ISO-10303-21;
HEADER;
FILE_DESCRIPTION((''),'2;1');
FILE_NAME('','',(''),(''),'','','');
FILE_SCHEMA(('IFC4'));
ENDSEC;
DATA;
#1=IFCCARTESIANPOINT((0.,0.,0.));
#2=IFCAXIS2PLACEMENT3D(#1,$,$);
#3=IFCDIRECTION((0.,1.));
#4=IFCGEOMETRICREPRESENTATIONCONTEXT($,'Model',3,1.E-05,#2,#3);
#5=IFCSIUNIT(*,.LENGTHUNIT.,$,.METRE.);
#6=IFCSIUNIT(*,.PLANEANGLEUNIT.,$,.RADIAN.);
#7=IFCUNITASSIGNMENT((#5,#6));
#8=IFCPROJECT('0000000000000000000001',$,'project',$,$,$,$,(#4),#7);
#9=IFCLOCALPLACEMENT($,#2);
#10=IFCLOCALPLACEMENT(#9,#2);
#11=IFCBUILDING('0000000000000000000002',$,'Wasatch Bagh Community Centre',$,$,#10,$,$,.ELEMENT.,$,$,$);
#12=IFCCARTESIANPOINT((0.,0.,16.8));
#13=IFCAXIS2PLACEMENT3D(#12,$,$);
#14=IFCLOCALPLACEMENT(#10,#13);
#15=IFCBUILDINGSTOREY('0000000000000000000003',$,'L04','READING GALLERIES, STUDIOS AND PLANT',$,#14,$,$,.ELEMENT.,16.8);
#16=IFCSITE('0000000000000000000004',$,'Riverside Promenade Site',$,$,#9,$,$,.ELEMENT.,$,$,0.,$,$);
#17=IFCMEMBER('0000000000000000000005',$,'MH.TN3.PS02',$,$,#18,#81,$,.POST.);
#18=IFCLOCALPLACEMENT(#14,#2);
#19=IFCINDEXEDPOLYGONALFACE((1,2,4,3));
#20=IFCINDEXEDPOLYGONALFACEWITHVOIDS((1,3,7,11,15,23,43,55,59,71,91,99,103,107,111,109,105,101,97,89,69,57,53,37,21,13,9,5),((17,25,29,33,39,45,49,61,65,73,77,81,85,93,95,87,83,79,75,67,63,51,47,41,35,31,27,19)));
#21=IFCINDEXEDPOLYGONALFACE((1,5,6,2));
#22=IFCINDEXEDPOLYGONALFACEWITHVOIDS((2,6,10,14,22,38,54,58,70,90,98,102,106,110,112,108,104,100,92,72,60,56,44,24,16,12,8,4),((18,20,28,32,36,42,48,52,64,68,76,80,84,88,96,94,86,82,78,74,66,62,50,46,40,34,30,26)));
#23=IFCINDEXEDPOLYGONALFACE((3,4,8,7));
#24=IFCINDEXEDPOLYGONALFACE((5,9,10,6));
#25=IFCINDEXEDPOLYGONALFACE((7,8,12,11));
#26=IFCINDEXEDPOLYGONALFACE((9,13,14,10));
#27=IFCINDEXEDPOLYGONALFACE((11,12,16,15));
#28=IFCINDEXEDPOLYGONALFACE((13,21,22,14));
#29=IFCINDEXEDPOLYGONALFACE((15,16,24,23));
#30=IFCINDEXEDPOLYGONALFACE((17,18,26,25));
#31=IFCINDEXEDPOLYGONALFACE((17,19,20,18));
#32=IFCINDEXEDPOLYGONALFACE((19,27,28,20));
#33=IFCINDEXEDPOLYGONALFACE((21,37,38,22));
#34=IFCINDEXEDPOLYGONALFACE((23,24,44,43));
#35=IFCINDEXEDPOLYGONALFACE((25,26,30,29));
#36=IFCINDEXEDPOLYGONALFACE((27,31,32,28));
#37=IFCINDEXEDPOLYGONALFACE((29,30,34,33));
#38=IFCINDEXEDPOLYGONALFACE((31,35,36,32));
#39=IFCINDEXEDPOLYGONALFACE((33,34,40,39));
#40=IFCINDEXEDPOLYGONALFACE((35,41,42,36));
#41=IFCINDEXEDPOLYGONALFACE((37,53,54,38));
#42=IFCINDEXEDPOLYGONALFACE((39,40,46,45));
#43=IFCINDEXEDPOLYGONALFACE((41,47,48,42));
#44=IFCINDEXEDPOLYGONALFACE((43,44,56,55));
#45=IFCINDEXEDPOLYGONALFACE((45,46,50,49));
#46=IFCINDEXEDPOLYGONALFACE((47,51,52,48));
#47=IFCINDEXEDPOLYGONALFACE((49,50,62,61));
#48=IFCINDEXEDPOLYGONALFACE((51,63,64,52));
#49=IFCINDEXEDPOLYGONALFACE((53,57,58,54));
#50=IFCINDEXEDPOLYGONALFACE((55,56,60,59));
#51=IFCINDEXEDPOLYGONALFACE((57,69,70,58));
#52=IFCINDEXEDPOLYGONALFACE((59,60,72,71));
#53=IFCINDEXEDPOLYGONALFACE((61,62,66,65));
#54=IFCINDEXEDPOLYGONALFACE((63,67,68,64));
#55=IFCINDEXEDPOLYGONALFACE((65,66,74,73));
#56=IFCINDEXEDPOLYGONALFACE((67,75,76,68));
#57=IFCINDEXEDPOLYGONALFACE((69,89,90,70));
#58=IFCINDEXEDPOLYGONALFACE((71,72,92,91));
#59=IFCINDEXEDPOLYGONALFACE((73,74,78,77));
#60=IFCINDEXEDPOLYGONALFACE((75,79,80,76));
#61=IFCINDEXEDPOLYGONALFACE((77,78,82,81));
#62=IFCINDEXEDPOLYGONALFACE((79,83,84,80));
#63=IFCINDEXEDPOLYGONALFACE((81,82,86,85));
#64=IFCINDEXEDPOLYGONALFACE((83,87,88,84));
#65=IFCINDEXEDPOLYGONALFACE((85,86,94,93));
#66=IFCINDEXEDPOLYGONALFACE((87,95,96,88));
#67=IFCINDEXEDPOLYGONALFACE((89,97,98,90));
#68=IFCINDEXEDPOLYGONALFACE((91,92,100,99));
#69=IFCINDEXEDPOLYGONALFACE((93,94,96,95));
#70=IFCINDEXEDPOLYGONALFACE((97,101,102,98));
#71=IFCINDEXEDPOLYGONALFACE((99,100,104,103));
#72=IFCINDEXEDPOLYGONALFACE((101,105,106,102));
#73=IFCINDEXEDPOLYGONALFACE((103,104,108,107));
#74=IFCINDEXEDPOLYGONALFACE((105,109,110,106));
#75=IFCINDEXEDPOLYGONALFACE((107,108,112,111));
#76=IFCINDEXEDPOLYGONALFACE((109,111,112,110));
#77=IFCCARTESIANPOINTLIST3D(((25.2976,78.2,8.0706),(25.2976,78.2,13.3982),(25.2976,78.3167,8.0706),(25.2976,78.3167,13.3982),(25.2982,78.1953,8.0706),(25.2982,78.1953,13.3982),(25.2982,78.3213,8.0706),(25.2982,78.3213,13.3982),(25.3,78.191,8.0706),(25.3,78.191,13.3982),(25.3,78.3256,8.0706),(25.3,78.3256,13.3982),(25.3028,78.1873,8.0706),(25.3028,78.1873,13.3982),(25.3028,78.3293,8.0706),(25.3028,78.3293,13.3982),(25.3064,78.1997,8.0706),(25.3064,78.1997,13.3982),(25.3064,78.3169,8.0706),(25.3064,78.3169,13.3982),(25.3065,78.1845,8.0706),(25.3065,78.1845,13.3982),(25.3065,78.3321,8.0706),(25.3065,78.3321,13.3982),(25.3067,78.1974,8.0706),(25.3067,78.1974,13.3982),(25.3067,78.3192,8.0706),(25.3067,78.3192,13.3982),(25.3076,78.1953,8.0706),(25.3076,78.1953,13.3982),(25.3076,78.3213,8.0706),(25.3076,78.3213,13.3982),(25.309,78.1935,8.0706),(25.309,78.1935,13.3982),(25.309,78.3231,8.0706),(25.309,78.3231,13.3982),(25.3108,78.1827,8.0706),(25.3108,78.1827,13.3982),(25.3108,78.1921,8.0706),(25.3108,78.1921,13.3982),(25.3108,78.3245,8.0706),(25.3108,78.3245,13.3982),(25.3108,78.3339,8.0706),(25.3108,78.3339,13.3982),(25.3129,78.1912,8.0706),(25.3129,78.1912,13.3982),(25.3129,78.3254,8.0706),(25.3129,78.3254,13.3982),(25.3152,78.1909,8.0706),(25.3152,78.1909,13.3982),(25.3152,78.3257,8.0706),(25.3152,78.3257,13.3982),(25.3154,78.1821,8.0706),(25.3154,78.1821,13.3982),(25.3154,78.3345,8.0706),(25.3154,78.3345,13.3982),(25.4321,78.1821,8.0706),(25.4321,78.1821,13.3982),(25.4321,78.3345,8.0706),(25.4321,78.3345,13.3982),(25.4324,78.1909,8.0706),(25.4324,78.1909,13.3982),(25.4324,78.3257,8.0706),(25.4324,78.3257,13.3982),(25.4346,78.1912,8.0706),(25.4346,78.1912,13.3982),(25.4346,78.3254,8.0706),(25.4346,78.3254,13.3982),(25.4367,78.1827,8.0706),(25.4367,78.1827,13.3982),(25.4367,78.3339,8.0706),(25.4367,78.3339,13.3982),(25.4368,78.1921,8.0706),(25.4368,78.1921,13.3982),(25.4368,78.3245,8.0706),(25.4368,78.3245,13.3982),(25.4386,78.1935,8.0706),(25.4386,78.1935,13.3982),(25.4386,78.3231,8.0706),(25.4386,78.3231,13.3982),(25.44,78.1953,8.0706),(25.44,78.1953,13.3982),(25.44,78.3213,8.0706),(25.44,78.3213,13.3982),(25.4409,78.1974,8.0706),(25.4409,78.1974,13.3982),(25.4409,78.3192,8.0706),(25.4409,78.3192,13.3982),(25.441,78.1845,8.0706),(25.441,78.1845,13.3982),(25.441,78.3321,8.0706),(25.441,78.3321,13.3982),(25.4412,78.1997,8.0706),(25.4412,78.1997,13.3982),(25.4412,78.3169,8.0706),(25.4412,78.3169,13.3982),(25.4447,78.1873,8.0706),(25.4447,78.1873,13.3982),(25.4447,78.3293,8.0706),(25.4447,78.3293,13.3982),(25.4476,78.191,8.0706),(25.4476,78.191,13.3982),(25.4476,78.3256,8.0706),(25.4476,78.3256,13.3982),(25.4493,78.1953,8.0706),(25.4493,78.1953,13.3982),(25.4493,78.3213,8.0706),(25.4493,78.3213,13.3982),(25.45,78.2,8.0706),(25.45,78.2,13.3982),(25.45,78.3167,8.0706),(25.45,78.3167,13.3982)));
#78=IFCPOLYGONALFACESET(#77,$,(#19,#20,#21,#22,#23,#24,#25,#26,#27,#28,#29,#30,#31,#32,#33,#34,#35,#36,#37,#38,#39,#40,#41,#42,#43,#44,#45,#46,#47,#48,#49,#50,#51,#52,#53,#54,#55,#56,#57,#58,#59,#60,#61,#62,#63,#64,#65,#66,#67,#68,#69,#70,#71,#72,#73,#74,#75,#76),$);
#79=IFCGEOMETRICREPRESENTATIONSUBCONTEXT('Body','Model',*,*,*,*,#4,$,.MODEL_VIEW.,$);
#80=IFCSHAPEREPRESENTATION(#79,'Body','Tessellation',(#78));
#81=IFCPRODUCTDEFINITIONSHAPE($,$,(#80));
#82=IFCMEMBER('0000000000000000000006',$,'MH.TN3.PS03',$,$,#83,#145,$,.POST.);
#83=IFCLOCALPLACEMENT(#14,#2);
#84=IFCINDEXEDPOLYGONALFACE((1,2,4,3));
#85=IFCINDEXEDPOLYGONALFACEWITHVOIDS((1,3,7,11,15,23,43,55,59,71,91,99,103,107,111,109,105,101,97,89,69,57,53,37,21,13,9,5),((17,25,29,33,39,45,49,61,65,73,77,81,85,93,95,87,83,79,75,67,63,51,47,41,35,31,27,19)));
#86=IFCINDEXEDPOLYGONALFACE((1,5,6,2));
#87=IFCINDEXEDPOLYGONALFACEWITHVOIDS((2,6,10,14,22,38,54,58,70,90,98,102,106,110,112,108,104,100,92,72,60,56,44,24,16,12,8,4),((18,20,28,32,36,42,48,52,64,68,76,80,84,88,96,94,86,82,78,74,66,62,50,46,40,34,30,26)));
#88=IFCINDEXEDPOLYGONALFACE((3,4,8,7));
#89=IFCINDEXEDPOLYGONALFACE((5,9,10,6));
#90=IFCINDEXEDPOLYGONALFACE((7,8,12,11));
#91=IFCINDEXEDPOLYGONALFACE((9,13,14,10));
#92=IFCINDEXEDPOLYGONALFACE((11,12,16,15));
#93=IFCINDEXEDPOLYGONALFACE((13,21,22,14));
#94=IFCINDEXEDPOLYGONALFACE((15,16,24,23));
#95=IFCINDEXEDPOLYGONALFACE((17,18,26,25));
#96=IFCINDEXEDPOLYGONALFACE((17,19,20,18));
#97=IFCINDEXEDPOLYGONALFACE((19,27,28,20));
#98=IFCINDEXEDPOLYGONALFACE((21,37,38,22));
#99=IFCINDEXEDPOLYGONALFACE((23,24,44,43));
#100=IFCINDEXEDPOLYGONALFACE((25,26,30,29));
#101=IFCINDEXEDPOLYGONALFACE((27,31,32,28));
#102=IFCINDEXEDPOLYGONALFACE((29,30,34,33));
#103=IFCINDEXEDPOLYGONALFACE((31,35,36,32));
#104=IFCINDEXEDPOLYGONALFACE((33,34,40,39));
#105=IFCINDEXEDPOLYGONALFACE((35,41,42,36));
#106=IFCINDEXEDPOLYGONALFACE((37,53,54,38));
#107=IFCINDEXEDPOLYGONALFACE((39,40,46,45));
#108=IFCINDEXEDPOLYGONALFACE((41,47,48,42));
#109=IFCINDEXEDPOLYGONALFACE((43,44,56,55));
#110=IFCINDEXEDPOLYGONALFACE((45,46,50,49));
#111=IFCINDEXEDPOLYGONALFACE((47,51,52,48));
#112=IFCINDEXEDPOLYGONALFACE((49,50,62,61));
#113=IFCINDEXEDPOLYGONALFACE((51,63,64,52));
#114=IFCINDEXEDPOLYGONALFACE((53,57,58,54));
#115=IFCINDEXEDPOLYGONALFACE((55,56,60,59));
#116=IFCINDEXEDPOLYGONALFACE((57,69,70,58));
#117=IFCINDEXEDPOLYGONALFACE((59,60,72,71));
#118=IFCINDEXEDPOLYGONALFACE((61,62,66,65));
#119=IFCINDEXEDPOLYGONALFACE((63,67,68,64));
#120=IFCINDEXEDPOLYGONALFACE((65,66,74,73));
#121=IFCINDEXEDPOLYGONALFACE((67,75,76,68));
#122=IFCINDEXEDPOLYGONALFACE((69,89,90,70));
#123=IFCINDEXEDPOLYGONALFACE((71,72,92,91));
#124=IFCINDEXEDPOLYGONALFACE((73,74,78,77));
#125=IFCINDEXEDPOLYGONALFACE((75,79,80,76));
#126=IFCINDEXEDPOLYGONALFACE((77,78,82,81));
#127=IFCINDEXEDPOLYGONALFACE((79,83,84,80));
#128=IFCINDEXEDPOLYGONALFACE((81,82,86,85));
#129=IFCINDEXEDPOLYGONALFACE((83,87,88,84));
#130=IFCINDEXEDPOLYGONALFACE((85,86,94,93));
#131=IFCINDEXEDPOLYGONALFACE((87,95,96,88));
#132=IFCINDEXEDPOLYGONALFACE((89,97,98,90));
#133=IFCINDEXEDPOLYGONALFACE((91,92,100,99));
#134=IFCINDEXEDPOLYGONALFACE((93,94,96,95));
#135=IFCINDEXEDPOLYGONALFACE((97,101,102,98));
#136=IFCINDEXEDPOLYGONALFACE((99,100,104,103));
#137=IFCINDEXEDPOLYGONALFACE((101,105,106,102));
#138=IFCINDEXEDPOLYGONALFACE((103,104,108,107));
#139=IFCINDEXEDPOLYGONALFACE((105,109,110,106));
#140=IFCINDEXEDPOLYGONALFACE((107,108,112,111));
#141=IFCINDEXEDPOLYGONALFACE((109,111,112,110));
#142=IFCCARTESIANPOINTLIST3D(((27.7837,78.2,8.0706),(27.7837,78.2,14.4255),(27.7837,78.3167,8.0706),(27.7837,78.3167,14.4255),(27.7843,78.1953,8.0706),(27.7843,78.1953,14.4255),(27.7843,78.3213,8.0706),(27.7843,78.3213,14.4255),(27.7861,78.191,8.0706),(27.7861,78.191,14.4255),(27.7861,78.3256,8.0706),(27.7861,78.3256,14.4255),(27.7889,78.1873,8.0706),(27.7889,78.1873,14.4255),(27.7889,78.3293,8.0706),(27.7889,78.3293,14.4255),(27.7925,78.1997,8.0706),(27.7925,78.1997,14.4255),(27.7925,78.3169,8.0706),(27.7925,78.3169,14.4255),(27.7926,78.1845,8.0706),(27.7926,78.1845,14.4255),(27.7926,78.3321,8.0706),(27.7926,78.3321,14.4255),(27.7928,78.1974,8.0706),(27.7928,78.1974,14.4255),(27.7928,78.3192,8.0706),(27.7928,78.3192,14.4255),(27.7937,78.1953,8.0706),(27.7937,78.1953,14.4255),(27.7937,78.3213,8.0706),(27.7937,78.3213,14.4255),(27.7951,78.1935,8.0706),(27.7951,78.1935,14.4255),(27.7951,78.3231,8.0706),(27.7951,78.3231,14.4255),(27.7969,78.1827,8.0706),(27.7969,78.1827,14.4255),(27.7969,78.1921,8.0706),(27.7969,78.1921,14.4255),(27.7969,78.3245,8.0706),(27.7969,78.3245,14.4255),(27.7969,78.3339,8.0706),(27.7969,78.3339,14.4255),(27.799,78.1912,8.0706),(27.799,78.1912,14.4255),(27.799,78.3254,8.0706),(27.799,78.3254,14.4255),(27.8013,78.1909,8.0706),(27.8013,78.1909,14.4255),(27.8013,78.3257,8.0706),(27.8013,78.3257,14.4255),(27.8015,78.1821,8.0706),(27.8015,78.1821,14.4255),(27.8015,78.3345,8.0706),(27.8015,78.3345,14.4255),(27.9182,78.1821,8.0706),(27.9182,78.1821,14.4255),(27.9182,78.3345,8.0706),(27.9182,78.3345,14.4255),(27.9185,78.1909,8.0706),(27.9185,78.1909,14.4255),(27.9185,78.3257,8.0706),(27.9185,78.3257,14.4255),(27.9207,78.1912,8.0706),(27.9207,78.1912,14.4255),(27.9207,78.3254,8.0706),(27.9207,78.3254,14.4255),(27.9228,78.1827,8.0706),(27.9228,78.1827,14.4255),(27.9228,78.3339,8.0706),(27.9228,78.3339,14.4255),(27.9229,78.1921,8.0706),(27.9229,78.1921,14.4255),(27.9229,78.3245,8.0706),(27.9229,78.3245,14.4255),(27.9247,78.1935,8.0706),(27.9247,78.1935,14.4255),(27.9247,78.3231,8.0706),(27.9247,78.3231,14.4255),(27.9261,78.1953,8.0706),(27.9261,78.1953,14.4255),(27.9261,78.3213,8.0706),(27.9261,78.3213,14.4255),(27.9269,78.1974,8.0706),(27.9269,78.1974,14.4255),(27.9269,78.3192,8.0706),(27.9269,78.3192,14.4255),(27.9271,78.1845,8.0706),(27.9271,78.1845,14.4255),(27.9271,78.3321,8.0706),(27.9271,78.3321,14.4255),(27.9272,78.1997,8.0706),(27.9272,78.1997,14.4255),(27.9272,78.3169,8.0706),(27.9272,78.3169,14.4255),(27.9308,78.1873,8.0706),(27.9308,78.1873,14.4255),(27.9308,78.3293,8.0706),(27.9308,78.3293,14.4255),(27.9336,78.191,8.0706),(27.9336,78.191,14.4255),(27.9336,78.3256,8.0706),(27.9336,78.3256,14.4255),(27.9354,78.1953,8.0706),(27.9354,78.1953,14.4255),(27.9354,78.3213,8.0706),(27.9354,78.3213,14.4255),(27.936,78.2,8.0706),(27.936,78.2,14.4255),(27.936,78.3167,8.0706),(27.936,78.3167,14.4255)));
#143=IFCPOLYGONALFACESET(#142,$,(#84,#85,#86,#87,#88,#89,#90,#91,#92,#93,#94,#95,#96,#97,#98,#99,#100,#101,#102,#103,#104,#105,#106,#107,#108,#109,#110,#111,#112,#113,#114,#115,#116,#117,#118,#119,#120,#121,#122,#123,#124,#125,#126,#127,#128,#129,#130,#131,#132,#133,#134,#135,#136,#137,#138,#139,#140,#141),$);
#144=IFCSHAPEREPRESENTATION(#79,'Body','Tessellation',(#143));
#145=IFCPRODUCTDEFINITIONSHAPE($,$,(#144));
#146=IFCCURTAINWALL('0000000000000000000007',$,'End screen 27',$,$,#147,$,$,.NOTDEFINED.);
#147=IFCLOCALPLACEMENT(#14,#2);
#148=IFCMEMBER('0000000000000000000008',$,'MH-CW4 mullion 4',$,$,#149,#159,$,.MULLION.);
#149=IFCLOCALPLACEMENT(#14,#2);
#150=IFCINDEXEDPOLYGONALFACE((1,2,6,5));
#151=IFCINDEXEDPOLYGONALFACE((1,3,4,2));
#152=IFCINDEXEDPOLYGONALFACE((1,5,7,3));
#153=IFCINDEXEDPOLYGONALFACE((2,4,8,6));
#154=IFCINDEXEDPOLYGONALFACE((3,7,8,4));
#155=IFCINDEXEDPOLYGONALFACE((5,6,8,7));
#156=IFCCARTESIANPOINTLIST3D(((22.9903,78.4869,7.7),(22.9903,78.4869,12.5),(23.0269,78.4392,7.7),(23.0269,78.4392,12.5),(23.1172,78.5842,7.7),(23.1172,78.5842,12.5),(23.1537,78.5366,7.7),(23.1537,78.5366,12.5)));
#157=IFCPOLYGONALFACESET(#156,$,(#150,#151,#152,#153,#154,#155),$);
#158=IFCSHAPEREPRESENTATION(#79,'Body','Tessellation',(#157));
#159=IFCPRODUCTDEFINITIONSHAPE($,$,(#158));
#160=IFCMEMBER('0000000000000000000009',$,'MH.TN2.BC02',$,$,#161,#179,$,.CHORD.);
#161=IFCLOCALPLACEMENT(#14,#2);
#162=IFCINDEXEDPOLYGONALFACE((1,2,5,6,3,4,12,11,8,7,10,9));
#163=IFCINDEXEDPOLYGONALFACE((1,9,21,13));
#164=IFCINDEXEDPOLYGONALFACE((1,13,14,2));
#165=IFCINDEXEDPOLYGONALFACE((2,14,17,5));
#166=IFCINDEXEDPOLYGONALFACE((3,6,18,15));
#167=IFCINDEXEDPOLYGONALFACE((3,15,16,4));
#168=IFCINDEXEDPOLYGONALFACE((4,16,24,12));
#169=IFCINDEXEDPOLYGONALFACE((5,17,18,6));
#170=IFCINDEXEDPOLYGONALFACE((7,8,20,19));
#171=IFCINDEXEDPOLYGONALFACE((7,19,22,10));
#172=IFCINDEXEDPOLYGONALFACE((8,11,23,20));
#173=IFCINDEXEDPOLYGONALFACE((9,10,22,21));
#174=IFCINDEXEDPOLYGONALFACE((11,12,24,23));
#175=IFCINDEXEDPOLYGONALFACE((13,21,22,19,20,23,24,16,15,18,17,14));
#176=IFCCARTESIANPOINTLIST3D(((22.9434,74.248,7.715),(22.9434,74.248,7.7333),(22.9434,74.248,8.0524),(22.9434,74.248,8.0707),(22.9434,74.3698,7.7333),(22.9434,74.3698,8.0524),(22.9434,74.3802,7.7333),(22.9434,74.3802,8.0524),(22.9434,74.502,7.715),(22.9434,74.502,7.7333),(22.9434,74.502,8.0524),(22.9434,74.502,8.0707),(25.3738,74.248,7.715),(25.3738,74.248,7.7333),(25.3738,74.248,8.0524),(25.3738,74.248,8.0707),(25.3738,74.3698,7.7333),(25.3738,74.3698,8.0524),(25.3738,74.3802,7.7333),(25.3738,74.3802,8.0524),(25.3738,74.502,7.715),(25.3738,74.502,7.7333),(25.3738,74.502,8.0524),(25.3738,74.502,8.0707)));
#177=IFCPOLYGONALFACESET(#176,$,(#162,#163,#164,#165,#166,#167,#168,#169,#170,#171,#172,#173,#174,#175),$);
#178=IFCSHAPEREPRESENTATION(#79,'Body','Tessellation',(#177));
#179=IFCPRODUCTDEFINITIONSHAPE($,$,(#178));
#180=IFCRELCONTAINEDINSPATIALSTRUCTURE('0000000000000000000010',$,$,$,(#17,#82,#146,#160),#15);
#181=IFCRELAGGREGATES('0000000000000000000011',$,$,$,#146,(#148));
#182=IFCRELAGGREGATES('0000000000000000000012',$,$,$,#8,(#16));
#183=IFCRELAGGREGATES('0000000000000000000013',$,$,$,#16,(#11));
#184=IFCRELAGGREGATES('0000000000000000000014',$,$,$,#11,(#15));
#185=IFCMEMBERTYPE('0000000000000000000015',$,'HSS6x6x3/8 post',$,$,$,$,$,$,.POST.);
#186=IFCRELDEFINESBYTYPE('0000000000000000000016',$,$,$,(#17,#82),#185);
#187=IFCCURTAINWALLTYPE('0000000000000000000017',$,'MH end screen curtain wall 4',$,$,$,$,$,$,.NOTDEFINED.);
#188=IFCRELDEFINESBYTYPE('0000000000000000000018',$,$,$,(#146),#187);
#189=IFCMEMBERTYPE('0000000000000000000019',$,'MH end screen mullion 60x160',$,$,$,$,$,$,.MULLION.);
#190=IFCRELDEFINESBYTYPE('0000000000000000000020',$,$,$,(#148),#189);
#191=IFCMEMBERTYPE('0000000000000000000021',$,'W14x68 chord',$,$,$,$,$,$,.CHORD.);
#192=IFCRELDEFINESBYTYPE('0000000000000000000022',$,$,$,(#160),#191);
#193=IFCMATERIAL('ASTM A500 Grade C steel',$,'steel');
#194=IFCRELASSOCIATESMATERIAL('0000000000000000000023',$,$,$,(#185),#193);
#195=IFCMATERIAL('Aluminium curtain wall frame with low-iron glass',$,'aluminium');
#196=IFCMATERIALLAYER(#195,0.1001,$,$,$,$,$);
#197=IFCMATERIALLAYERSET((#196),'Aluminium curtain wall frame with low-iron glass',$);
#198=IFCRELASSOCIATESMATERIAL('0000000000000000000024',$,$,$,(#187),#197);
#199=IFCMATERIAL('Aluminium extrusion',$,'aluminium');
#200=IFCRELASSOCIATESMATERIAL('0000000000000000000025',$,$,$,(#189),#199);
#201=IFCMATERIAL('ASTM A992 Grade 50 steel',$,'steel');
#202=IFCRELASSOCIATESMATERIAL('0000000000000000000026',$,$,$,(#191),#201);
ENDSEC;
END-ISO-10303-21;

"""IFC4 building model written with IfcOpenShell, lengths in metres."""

from ifc_helpers import new_model, si_unit, direction, frame, origin, origin_2d, place, context, subcontext, project, spatial, rectangle, hollow_rectangle, i_section, extrude, material, layer, layer_set, material_profile, profile_set, type_object, element, aggregate, save


model = new_model("IFC4")

# Units and contexts
model_context = context("Model", 3, precision=1e-05, world=origin(), true_north=direction((0.0, 1.0)))
body_context = subcontext(model_context, "Body", "Model", "MODEL_VIEW")
ifc_project = project(units=[si_unit("LENGTHUNIT", "METRE"), si_unit("PLANEANGLEUNIT", "RADIAN")], contexts=[model_context])

# Site, building, storey
site_placement = place(None, origin())
site = spatial("IfcSite", under=ifc_project, at=site_placement, Name="Riverside Promenade Site", CompositionType="ELEMENT", RefElevation=0.0)
building_placement = place(site_placement, origin())
building = spatial("IfcBuilding", under=site, at=building_placement, Name="Wasatch Bagh Community Centre", CompositionType="ELEMENT")
storey_placement = place(building_placement, frame((0.0, 0.0, 16.8)))
storey = spatial("IfcBuildingStorey", under=building, at=storey_placement, Name="L04", Description="READING GALLERIES, STUDIOS AND PLANT", CompositionType="ELEMENT", Elevation=16.8)

# Members
ifc_material_1 = material(Name="ASTM A500 Grade C steel", Category="steel")
ifc_material_profile_1 = material_profile(ifc_material_1, hollow_rectangle(XDim=0.1523, YDim=0.1523, WallThickness=0.0088, InnerFilletRadius=0.0088, OuterFilletRadius=0.0178, at=origin_2d()), Name="HSS6x6x3/8")
ifc_profile_set_1 = profile_set([ifc_material_profile_1], Name="ASTM A500 Grade C steel")
member_type_1 = type_object("IfcMemberType", Name="HSS6x6x3/8 post", PredefinedType="POST", material=ifc_profile_set_1)
member_1_placement = place(storey_placement, frame((25.3738, 78.2583, 8.0706), z_axis=(0.0, 0.0, 1.0), x_axis=(1.0, 0.0, 0.0)))
element("IfcMember", 1, at=member_1_placement, inside=storey, type_object=member_type_1, Name="MH.TN3.PS02", PredefinedType="POST", context=body_context, shape_type="SweptSolid", body=[
    extrude(hollow_rectangle(XDim=0.1523, YDim=0.1523, WallThickness=0.0088, InnerFilletRadius=0.0088, OuterFilletRadius=0.0178, at=origin_2d()), origin(), (0.0, 0.0, 1.0), 5.3276),
])
member_2_placement = place(storey_placement, frame((27.8599, 78.2583, 8.0706), z_axis=(0.0, 0.0, 1.0), x_axis=(1.0, 0.0, 0.0)))
element("IfcMember", 2, at=member_2_placement, inside=storey, type_object=member_type_1, Name="MH.TN3.PS03", PredefinedType="POST", context=body_context, shape_type="SweptSolid", body=[
    extrude(hollow_rectangle(XDim=0.1523, YDim=0.1523, WallThickness=0.0088, InnerFilletRadius=0.0088, OuterFilletRadius=0.0178, at=origin_2d()), origin(), (0.0, 0.0, 1.0), 6.355),
])

# Curtain wall, member
ifc_material_2 = material(Name="Aluminium curtain wall frame with low-iron glass", Category="aluminium")
ifc_layer_1 = layer(ifc_material_2, 0.1001)
ifc_layer_set_1 = layer_set([ifc_layer_1], Name="Aluminium curtain wall frame with low-iron glass")
curtain_wall_type = type_object("IfcCurtainWallType", Name="MH end screen curtain wall 4", PredefinedType="NOTDEFINED", material=ifc_layer_set_1)
curtain_wall_placement = place(storey_placement, origin())
curtain_wall = element("IfcCurtainWall", 3, at=curtain_wall_placement, inside=storey, type_object=curtain_wall_type, Name="End screen 27", PredefinedType="NOTDEFINED")
ifc_material_3 = material(Name="Aluminium extrusion", Category="aluminium")
ifc_material_profile_2 = material_profile(ifc_material_3, rectangle(XDim=0.0601, YDim=0.1599, at=origin_2d()), Name="AL 60x160")
ifc_profile_set_2 = profile_set([ifc_material_profile_2], Name="Aluminium extrusion")
member_type_2 = type_object("IfcMemberType", Name="MH end screen mullion 60x160", PredefinedType="MULLION", material=ifc_profile_set_2)
member_3_placement = place(storey_placement, frame((23.072, 78.5117, 7.7), z_axis=(0.0, 0.0, 1.0), x_axis=(0.608761, -0.793353, 0.0)))
member_3 = element("IfcMember", 4, at=member_3_placement, type_object=member_type_2, Name="MH-CW4 mullion 4", PredefinedType="MULLION", context=body_context, shape_type="SweptSolid", body=[
    extrude(rectangle(XDim=0.0601, YDim=0.1599, at=origin_2d()), origin(), (0.0, 0.0, 1.0), 4.8),
])

# Member
ifc_material_4 = material(Name="ASTM A992 Grade 50 steel", Category="steel")
ifc_material_profile_3 = material_profile(ifc_material_4, i_section(OverallWidth=0.2539, OverallDepth=0.3557, WebThickness=0.0105, FlangeThickness=0.0183, at=origin_2d()), Name="W14x68")
ifc_profile_set_3 = profile_set([ifc_material_profile_3], Name="ASTM A992 Grade 50 steel")
member_type_3 = type_object("IfcMemberType", Name="W14x68 chord", PredefinedType="CHORD", material=ifc_profile_set_3)
member_4_placement = place(storey_placement, frame((22.9434, 74.375, 7.8928), z_axis=(1.0, 0.0, 0.0), x_axis=(0.0, 1.0, 0.0)))
element("IfcMember", 5, at=member_4_placement, inside=storey, type_object=member_type_3, Name="MH.TN2.BC02", PredefinedType="CHORD", context=body_context, shape_type="SweptSolid", body=[
    extrude(i_section(OverallWidth=0.2539, OverallDepth=0.3557, WebThickness=0.0105, FlangeThickness=0.0183, at=origin_2d()), origin(), (0.0, 0.0, 1.0), 2.4304),
])

aggregate(curtain_wall, [member_3])

save(model, "model.ifc")
